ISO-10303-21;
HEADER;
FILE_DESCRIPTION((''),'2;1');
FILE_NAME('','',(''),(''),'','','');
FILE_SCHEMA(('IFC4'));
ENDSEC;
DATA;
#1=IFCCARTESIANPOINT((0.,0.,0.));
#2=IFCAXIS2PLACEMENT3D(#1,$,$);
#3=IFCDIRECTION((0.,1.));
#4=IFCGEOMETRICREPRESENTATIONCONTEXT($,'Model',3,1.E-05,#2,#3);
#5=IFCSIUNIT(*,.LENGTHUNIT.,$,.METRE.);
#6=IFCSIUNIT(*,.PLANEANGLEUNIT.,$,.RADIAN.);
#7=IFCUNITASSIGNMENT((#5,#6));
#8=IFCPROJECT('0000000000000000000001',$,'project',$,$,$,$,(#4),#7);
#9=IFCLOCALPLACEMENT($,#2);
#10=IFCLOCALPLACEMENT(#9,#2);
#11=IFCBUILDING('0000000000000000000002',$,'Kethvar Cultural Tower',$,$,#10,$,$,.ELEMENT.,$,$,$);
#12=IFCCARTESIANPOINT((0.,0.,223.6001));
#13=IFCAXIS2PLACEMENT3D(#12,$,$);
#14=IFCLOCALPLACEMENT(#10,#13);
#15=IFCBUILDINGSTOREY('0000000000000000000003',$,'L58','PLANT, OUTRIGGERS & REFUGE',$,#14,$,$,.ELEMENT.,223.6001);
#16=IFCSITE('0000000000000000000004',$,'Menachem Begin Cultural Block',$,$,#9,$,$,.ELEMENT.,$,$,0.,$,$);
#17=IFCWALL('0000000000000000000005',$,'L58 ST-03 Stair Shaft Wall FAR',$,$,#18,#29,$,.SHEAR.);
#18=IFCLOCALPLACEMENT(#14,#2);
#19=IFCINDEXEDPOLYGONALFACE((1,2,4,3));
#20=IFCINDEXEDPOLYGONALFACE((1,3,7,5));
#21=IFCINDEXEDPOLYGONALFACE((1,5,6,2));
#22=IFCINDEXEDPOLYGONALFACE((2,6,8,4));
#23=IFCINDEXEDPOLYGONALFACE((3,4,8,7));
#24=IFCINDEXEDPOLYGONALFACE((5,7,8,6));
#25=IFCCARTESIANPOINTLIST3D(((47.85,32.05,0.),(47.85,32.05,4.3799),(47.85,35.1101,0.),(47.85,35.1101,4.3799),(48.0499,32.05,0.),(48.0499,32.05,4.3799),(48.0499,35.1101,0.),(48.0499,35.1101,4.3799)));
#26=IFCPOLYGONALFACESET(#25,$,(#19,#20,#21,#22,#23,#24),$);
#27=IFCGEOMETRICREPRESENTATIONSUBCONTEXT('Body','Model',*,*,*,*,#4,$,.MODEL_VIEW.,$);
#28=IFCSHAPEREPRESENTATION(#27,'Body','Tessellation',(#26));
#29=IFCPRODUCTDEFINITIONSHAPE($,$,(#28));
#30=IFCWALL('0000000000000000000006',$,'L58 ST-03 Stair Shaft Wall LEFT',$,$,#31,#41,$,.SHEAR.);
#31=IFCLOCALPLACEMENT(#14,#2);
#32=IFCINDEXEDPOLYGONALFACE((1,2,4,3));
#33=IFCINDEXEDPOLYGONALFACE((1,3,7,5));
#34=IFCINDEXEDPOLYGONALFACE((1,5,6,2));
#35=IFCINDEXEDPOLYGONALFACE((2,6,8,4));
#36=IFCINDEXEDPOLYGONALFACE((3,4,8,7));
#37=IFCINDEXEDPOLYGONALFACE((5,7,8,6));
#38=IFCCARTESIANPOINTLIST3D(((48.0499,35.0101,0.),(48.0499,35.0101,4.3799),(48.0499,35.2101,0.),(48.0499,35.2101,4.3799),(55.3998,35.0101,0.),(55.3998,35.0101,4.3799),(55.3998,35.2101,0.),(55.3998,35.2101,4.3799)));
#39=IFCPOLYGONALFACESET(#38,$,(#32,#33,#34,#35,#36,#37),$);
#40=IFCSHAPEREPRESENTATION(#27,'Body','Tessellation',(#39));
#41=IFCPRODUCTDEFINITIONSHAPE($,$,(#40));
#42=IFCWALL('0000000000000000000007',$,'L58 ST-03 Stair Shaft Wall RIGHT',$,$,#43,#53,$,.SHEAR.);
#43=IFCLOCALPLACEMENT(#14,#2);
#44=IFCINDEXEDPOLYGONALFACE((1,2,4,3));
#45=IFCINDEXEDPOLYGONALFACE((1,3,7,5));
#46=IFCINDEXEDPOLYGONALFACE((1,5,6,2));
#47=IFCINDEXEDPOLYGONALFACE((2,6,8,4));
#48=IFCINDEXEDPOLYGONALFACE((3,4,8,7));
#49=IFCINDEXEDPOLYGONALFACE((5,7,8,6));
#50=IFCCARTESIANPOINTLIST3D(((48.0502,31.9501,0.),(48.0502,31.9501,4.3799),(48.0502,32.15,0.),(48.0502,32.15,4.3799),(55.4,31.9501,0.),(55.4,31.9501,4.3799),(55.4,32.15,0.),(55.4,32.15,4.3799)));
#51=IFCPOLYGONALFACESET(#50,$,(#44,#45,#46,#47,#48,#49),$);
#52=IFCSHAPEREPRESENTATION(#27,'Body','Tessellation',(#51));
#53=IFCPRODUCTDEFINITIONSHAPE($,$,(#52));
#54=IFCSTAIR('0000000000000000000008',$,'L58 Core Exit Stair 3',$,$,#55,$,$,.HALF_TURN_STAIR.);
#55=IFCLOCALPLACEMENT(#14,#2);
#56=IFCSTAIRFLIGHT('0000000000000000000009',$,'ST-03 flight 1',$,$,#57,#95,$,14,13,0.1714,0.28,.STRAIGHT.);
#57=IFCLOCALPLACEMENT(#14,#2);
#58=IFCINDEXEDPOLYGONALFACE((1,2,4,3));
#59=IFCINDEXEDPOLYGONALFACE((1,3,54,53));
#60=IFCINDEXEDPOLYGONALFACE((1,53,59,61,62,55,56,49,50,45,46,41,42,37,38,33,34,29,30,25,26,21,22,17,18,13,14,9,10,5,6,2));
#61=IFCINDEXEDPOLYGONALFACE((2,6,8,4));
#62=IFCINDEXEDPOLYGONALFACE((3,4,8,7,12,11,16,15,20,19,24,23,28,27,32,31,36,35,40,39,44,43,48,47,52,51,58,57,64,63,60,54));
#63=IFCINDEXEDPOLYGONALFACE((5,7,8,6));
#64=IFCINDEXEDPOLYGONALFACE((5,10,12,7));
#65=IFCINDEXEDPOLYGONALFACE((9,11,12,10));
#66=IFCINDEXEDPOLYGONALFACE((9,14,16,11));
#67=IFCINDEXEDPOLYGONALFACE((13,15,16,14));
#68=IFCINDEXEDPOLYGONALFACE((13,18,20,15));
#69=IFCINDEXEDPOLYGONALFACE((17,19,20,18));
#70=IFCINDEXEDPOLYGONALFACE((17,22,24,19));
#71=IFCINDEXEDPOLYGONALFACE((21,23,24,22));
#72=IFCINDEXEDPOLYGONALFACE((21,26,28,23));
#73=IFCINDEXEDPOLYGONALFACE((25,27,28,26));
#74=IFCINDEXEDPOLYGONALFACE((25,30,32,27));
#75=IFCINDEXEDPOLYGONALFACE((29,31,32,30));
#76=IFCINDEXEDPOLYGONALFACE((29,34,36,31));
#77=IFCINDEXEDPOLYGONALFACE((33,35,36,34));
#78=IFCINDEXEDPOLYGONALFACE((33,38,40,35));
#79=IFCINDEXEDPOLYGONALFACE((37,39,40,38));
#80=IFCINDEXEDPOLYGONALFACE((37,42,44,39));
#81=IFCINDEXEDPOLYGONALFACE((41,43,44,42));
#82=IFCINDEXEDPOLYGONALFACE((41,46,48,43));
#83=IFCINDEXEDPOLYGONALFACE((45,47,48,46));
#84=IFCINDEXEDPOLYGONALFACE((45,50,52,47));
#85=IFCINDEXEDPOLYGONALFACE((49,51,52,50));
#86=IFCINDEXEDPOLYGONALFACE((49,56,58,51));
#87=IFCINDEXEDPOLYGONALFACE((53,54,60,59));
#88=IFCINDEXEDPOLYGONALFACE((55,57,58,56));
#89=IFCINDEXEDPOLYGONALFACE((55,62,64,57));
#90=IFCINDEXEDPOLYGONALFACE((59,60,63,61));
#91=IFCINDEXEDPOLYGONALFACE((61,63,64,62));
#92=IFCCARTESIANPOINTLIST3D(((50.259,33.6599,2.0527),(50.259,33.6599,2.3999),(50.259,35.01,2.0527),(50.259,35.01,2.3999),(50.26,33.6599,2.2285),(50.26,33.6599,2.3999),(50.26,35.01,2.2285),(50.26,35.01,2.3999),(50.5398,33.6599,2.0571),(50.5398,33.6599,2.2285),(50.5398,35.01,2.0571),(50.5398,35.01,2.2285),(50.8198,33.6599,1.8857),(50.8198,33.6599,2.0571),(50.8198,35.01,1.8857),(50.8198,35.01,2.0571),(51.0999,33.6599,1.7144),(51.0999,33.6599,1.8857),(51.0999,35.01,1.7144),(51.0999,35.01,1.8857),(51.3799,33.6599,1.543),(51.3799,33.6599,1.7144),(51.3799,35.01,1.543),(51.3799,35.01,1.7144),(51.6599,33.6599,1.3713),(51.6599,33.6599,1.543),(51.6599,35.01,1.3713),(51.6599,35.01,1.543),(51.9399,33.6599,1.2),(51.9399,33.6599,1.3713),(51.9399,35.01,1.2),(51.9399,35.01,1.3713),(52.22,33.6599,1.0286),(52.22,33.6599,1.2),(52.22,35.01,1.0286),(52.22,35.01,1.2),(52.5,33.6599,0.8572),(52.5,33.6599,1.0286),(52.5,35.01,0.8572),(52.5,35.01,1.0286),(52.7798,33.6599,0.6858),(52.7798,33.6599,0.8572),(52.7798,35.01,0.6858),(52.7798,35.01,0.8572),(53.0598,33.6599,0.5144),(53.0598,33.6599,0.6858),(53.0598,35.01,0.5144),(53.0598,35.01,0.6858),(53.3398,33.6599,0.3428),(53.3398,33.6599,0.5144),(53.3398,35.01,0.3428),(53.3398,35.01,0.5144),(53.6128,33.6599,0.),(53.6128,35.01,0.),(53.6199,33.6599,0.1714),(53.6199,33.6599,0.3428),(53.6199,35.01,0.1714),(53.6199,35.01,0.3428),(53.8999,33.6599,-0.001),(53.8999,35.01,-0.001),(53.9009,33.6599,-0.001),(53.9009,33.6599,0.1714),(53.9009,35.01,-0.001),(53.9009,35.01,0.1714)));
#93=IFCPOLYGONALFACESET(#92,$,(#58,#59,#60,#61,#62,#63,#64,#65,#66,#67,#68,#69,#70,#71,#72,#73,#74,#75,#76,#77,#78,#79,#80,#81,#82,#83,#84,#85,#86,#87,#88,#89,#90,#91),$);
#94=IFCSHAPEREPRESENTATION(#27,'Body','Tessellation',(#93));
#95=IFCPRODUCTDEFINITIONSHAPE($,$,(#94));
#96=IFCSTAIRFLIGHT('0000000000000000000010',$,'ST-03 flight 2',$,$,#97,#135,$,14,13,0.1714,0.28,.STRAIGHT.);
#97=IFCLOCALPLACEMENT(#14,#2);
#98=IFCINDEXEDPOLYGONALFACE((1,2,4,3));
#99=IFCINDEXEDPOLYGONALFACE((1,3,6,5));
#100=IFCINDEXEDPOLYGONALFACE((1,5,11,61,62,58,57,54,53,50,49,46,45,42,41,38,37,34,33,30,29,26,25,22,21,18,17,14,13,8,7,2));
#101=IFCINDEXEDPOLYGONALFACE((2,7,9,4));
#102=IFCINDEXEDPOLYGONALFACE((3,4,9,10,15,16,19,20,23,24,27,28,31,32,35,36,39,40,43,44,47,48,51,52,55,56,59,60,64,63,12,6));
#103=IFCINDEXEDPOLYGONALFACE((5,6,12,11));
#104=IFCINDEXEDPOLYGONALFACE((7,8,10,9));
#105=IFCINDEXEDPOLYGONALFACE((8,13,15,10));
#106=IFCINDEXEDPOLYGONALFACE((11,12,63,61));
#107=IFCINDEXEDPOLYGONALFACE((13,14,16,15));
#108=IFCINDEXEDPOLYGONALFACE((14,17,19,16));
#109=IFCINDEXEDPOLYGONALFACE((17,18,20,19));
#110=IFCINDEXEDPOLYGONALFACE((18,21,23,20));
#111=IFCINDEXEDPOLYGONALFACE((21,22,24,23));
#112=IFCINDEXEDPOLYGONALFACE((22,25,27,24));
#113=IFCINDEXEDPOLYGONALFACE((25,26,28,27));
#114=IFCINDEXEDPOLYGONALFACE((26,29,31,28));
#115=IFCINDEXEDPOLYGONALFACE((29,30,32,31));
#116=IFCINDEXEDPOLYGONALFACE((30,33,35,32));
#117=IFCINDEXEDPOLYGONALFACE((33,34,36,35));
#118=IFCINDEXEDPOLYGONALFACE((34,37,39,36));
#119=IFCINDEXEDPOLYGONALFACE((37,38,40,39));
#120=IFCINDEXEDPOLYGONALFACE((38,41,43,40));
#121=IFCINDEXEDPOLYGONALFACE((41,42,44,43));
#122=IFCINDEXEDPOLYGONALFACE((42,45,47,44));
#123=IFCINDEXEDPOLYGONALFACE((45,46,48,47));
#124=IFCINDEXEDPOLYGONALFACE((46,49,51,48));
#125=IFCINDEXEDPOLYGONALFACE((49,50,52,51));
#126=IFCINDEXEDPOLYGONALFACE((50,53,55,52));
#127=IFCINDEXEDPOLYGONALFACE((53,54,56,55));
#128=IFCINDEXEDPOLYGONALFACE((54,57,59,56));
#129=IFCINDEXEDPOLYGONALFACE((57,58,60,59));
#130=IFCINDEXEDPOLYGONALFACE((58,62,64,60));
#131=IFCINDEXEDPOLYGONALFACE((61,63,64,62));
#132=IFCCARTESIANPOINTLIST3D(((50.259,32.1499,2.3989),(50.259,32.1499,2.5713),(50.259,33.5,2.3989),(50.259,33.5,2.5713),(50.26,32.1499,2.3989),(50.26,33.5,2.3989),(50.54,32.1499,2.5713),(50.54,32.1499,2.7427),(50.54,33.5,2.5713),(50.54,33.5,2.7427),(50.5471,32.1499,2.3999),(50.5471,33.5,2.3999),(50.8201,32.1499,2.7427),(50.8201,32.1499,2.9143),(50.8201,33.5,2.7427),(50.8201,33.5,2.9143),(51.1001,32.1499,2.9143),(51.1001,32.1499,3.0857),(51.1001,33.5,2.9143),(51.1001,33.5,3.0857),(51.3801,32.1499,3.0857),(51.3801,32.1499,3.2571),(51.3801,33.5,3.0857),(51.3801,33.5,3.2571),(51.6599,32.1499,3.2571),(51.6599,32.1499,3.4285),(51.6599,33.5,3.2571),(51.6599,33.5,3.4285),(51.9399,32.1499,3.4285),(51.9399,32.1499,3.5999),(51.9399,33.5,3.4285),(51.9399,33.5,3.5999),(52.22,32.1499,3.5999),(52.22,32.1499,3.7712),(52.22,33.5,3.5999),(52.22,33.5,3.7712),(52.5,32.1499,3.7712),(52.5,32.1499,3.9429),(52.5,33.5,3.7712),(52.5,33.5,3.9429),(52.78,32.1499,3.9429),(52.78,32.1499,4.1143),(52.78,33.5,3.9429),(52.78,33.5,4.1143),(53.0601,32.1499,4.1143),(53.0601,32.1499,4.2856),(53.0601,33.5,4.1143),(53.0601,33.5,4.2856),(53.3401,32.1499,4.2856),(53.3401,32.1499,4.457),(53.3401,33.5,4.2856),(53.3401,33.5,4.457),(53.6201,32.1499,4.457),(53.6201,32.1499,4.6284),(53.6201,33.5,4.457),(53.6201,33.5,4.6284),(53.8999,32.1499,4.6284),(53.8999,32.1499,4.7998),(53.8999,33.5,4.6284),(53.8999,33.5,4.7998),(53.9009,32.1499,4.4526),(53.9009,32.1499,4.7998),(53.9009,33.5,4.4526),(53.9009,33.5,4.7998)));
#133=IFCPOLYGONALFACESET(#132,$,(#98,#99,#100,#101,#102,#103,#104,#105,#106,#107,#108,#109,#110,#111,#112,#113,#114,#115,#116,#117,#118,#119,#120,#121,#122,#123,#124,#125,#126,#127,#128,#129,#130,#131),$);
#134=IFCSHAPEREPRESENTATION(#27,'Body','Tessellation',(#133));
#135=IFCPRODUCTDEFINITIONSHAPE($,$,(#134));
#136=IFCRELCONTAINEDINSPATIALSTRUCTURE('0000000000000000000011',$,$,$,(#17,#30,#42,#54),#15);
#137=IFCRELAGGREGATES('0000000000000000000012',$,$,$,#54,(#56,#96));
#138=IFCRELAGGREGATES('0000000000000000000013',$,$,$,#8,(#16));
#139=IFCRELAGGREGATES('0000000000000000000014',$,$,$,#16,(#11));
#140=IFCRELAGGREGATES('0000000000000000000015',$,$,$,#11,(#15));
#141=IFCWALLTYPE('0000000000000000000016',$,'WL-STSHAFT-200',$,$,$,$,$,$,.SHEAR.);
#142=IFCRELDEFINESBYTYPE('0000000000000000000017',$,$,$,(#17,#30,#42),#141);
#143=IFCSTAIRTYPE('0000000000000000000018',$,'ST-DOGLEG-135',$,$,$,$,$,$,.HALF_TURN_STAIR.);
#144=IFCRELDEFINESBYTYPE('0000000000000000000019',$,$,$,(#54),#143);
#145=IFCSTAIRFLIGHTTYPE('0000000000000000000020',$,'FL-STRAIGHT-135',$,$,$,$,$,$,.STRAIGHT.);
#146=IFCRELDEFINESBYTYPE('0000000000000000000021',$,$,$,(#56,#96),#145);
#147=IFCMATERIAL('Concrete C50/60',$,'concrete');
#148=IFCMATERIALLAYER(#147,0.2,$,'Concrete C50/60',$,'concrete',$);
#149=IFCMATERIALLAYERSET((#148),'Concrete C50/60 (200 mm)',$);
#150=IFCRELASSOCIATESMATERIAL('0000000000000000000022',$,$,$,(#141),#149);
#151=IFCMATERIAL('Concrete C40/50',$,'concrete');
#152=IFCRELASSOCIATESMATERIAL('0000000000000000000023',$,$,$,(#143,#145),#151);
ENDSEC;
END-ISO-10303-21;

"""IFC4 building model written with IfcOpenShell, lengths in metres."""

from ifc_helpers import new_model, si_unit, direction, frame, frame_2d, origin, place, context, subcontext, project, spatial, polyline, rectangle, outline, extrude, material, layer, layer_set, type_object, element, aggregate, save


model = new_model("IFC4")

# Units and contexts
model_context = context("Model", 3, precision=1e-05, world=origin(), true_north=direction((0.0, 1.0)))
body_context = subcontext(model_context, "Body", "Model", "MODEL_VIEW")
ifc_project = project(units=[si_unit("LENGTHUNIT", "METRE"), si_unit("PLANEANGLEUNIT", "RADIAN")], contexts=[model_context])

# Site, building, storey
site_placement = place(None, origin())
site = spatial("IfcSite", under=ifc_project, at=site_placement, Name="Menachem Begin Cultural Block", CompositionType="ELEMENT", RefElevation=0.0)
building_placement = place(site_placement, origin())
building = spatial("IfcBuilding", under=site, at=building_placement, Name="Kethvar Cultural Tower", CompositionType="ELEMENT")
storey_placement = place(building_placement, frame((0.0, 0.0, 223.6001)))
storey = spatial("IfcBuildingStorey", under=building, at=storey_placement, Name="L58", Description="PLANT, OUTRIGGERS & REFUGE", CompositionType="ELEMENT", Elevation=223.6001)

# Shared definitions
ifc_material_1 = material(Name="Concrete C40/50", Category="concrete")

# Shared definitions
ifc_material_2 = material(Name="Concrete C50/60", Category="concrete")

# Walls
ifc_layer_1 = layer(ifc_material_2, 0.2, Name="Concrete C50/60", Category="concrete")
ifc_layer_set_1 = layer_set([ifc_layer_1], Name="Concrete C50/60 (200 mm)")
wall_type_1 = type_object("IfcWallType", Name="WL-STSHAFT-200", PredefinedType="SHEAR", material=ifc_layer_set_1)
wall_1_placement = place(storey_placement, frame((47.95, 32.05, 0.0), z_axis=(0.0, 0.0, 1.0), x_axis=(0.0, 1.0, 0.0)))
element("IfcWall", 1, at=wall_1_placement, inside=storey, type_object=wall_type_1, Name="L58 ST-03 Stair Shaft Wall FAR", PredefinedType="SHEAR", context=body_context, shape_type="SweptSolid", body=[
    extrude(rectangle(XDim=3.0601, YDim=0.2, at=frame_2d((1.53, 0.0))), origin(), (0.0, 0.0, 1.0), 4.3799),
])
for number, where, z_axis, x_axis, name in (
    (2, (48.05, 35.1101, 0.0), (0.0, 0.0, 1.0), (1.0, 0.0, 0.0), "L58 ST-03 Stair Shaft Wall LEFT"),
    (3, (55.3999, 32.05, 0.0), (0.0, 0.0, 1.0), (-1.0, 0.0, 0.0), "L58 ST-03 Stair Shaft Wall RIGHT"),
):
    element("IfcWall", number, at=place(storey_placement, frame(where, z_axis=z_axis, x_axis=x_axis)), inside=storey, type_object=wall_type_1, Name=name, PredefinedType="SHEAR", context=body_context, shape_type="SweptSolid", body=[
        extrude(rectangle(XDim=7.3499, YDim=0.2, at=frame_2d((3.6748, 0.0))), origin(), (0.0, 0.0, 1.0), 4.3799),
    ])

# Stair, stair flights
stair_type = type_object("IfcStairType", Name="ST-DOGLEG-135", PredefinedType="HALF_TURN_STAIR", material=ifc_material_1)
stair_placement = place(storey_placement, origin())
stair = element("IfcStair", 4, at=stair_placement, inside=storey, type_object=stair_type, Name="L58 Core Exit Stair 3", PredefinedType="HALF_TURN_STAIR")
stair_flight_type = type_object("IfcStairFlightType", Name="FL-STRAIGHT-135", PredefinedType="STRAIGHT", material=ifc_material_1)
stair_flight_1_placement = place(storey_placement, frame((53.8999, 34.335, 0.0), z_axis=(0.0, 0.0, 1.0), x_axis=(-1.0, 0.0, 0.0)))
stair_flight_1 = element("IfcStairFlight", 5, at=stair_flight_1_placement, type_object=stair_flight_type, Name="ST-03 flight 1", NumberOfRisers=14, NumberOfTreads=13, PredefinedType="STRAIGHT", RiserHeight=0.1714, TreadLength=0.28, context=body_context, shape_type="SweptSolid", body=[
    extrude(outline(polyline([(-0.001, -0.001), (-0.001, 0.1714), (0.28, 0.1714), (0.28, 0.3428), (0.5601, 0.3428), (0.5601, 0.5144), (0.8401, 0.5144), (0.8401, 0.6858), (1.1201, 0.6858), (1.1201, 0.8572), (1.3999, 0.8572), (1.3999, 1.0286), (1.6799, 1.0286), (1.6799, 1.2), (1.96, 1.2), (1.96, 1.3713), (2.24, 1.3713), (2.24, 1.543), (2.52, 1.543), (2.52, 1.7144), (2.8, 1.7144), (2.8, 1.8857), (3.0801, 1.8857), (3.0801, 2.0571), (3.3601, 2.0571), (3.3601, 2.2285), (3.6399, 2.2285), (3.6399, 2.3999), (3.6409, 2.3999), (3.6409, 2.0527), (0.2871, 0.0), (0.0, -0.001), (-0.001, -0.001)])), frame((0.0, 0.675, 0.0), z_axis=(0.0, -1.0, 0.0), x_axis=(1.0, 0.0, 0.0)), (0.0, 0.0, 1.0), 1.3501),
])
stair_flight_2_placement = place(storey_placement, frame((50.26, 32.825, 2.3999), z_axis=(0.0, 0.0, 1.0), x_axis=(1.0, 0.0, 0.0)))
stair_flight_2 = element("IfcStairFlight", 6, at=stair_flight_2_placement, type_object=stair_flight_type, Name="ST-03 flight 2", NumberOfRisers=14, NumberOfTreads=13, PredefinedType="STRAIGHT", RiserHeight=0.1714, TreadLength=0.28, context=body_context, shape_type="SweptSolid", body=[
    extrude(outline(polyline([(-0.001, -0.001), (-0.001, 0.1714), (0.28, 0.1714), (0.28, 0.3428), (0.5601, 0.3428), (0.5601, 0.5144), (0.8401, 0.5144), (0.8401, 0.6858), (1.1201, 0.6858), (1.1201, 0.8572), (1.3999, 0.8572), (1.3999, 1.0286), (1.6799, 1.0286), (1.6799, 1.2), (1.96, 1.2), (1.96, 1.3713), (2.24, 1.3713), (2.24, 1.543), (2.52, 1.543), (2.52, 1.7144), (2.8, 1.7144), (2.8, 1.8857), (3.0801, 1.8857), (3.0801, 2.0571), (3.3601, 2.0571), (3.3601, 2.2285), (3.6399, 2.2285), (3.6399, 2.3999), (3.6409, 2.3999), (3.6409, 2.0527), (0.2871, 0.0), (0.0, -0.001), (-0.001, -0.001)])), frame((0.0, 0.675, 0.0), z_axis=(0.0, -1.0, 0.0), x_axis=(1.0, 0.0, 0.0)), (0.0, 0.0, 1.0), 1.3501),
])
aggregate(stair, [stair_flight_1, stair_flight_2])

save(model, "model.ifc")
